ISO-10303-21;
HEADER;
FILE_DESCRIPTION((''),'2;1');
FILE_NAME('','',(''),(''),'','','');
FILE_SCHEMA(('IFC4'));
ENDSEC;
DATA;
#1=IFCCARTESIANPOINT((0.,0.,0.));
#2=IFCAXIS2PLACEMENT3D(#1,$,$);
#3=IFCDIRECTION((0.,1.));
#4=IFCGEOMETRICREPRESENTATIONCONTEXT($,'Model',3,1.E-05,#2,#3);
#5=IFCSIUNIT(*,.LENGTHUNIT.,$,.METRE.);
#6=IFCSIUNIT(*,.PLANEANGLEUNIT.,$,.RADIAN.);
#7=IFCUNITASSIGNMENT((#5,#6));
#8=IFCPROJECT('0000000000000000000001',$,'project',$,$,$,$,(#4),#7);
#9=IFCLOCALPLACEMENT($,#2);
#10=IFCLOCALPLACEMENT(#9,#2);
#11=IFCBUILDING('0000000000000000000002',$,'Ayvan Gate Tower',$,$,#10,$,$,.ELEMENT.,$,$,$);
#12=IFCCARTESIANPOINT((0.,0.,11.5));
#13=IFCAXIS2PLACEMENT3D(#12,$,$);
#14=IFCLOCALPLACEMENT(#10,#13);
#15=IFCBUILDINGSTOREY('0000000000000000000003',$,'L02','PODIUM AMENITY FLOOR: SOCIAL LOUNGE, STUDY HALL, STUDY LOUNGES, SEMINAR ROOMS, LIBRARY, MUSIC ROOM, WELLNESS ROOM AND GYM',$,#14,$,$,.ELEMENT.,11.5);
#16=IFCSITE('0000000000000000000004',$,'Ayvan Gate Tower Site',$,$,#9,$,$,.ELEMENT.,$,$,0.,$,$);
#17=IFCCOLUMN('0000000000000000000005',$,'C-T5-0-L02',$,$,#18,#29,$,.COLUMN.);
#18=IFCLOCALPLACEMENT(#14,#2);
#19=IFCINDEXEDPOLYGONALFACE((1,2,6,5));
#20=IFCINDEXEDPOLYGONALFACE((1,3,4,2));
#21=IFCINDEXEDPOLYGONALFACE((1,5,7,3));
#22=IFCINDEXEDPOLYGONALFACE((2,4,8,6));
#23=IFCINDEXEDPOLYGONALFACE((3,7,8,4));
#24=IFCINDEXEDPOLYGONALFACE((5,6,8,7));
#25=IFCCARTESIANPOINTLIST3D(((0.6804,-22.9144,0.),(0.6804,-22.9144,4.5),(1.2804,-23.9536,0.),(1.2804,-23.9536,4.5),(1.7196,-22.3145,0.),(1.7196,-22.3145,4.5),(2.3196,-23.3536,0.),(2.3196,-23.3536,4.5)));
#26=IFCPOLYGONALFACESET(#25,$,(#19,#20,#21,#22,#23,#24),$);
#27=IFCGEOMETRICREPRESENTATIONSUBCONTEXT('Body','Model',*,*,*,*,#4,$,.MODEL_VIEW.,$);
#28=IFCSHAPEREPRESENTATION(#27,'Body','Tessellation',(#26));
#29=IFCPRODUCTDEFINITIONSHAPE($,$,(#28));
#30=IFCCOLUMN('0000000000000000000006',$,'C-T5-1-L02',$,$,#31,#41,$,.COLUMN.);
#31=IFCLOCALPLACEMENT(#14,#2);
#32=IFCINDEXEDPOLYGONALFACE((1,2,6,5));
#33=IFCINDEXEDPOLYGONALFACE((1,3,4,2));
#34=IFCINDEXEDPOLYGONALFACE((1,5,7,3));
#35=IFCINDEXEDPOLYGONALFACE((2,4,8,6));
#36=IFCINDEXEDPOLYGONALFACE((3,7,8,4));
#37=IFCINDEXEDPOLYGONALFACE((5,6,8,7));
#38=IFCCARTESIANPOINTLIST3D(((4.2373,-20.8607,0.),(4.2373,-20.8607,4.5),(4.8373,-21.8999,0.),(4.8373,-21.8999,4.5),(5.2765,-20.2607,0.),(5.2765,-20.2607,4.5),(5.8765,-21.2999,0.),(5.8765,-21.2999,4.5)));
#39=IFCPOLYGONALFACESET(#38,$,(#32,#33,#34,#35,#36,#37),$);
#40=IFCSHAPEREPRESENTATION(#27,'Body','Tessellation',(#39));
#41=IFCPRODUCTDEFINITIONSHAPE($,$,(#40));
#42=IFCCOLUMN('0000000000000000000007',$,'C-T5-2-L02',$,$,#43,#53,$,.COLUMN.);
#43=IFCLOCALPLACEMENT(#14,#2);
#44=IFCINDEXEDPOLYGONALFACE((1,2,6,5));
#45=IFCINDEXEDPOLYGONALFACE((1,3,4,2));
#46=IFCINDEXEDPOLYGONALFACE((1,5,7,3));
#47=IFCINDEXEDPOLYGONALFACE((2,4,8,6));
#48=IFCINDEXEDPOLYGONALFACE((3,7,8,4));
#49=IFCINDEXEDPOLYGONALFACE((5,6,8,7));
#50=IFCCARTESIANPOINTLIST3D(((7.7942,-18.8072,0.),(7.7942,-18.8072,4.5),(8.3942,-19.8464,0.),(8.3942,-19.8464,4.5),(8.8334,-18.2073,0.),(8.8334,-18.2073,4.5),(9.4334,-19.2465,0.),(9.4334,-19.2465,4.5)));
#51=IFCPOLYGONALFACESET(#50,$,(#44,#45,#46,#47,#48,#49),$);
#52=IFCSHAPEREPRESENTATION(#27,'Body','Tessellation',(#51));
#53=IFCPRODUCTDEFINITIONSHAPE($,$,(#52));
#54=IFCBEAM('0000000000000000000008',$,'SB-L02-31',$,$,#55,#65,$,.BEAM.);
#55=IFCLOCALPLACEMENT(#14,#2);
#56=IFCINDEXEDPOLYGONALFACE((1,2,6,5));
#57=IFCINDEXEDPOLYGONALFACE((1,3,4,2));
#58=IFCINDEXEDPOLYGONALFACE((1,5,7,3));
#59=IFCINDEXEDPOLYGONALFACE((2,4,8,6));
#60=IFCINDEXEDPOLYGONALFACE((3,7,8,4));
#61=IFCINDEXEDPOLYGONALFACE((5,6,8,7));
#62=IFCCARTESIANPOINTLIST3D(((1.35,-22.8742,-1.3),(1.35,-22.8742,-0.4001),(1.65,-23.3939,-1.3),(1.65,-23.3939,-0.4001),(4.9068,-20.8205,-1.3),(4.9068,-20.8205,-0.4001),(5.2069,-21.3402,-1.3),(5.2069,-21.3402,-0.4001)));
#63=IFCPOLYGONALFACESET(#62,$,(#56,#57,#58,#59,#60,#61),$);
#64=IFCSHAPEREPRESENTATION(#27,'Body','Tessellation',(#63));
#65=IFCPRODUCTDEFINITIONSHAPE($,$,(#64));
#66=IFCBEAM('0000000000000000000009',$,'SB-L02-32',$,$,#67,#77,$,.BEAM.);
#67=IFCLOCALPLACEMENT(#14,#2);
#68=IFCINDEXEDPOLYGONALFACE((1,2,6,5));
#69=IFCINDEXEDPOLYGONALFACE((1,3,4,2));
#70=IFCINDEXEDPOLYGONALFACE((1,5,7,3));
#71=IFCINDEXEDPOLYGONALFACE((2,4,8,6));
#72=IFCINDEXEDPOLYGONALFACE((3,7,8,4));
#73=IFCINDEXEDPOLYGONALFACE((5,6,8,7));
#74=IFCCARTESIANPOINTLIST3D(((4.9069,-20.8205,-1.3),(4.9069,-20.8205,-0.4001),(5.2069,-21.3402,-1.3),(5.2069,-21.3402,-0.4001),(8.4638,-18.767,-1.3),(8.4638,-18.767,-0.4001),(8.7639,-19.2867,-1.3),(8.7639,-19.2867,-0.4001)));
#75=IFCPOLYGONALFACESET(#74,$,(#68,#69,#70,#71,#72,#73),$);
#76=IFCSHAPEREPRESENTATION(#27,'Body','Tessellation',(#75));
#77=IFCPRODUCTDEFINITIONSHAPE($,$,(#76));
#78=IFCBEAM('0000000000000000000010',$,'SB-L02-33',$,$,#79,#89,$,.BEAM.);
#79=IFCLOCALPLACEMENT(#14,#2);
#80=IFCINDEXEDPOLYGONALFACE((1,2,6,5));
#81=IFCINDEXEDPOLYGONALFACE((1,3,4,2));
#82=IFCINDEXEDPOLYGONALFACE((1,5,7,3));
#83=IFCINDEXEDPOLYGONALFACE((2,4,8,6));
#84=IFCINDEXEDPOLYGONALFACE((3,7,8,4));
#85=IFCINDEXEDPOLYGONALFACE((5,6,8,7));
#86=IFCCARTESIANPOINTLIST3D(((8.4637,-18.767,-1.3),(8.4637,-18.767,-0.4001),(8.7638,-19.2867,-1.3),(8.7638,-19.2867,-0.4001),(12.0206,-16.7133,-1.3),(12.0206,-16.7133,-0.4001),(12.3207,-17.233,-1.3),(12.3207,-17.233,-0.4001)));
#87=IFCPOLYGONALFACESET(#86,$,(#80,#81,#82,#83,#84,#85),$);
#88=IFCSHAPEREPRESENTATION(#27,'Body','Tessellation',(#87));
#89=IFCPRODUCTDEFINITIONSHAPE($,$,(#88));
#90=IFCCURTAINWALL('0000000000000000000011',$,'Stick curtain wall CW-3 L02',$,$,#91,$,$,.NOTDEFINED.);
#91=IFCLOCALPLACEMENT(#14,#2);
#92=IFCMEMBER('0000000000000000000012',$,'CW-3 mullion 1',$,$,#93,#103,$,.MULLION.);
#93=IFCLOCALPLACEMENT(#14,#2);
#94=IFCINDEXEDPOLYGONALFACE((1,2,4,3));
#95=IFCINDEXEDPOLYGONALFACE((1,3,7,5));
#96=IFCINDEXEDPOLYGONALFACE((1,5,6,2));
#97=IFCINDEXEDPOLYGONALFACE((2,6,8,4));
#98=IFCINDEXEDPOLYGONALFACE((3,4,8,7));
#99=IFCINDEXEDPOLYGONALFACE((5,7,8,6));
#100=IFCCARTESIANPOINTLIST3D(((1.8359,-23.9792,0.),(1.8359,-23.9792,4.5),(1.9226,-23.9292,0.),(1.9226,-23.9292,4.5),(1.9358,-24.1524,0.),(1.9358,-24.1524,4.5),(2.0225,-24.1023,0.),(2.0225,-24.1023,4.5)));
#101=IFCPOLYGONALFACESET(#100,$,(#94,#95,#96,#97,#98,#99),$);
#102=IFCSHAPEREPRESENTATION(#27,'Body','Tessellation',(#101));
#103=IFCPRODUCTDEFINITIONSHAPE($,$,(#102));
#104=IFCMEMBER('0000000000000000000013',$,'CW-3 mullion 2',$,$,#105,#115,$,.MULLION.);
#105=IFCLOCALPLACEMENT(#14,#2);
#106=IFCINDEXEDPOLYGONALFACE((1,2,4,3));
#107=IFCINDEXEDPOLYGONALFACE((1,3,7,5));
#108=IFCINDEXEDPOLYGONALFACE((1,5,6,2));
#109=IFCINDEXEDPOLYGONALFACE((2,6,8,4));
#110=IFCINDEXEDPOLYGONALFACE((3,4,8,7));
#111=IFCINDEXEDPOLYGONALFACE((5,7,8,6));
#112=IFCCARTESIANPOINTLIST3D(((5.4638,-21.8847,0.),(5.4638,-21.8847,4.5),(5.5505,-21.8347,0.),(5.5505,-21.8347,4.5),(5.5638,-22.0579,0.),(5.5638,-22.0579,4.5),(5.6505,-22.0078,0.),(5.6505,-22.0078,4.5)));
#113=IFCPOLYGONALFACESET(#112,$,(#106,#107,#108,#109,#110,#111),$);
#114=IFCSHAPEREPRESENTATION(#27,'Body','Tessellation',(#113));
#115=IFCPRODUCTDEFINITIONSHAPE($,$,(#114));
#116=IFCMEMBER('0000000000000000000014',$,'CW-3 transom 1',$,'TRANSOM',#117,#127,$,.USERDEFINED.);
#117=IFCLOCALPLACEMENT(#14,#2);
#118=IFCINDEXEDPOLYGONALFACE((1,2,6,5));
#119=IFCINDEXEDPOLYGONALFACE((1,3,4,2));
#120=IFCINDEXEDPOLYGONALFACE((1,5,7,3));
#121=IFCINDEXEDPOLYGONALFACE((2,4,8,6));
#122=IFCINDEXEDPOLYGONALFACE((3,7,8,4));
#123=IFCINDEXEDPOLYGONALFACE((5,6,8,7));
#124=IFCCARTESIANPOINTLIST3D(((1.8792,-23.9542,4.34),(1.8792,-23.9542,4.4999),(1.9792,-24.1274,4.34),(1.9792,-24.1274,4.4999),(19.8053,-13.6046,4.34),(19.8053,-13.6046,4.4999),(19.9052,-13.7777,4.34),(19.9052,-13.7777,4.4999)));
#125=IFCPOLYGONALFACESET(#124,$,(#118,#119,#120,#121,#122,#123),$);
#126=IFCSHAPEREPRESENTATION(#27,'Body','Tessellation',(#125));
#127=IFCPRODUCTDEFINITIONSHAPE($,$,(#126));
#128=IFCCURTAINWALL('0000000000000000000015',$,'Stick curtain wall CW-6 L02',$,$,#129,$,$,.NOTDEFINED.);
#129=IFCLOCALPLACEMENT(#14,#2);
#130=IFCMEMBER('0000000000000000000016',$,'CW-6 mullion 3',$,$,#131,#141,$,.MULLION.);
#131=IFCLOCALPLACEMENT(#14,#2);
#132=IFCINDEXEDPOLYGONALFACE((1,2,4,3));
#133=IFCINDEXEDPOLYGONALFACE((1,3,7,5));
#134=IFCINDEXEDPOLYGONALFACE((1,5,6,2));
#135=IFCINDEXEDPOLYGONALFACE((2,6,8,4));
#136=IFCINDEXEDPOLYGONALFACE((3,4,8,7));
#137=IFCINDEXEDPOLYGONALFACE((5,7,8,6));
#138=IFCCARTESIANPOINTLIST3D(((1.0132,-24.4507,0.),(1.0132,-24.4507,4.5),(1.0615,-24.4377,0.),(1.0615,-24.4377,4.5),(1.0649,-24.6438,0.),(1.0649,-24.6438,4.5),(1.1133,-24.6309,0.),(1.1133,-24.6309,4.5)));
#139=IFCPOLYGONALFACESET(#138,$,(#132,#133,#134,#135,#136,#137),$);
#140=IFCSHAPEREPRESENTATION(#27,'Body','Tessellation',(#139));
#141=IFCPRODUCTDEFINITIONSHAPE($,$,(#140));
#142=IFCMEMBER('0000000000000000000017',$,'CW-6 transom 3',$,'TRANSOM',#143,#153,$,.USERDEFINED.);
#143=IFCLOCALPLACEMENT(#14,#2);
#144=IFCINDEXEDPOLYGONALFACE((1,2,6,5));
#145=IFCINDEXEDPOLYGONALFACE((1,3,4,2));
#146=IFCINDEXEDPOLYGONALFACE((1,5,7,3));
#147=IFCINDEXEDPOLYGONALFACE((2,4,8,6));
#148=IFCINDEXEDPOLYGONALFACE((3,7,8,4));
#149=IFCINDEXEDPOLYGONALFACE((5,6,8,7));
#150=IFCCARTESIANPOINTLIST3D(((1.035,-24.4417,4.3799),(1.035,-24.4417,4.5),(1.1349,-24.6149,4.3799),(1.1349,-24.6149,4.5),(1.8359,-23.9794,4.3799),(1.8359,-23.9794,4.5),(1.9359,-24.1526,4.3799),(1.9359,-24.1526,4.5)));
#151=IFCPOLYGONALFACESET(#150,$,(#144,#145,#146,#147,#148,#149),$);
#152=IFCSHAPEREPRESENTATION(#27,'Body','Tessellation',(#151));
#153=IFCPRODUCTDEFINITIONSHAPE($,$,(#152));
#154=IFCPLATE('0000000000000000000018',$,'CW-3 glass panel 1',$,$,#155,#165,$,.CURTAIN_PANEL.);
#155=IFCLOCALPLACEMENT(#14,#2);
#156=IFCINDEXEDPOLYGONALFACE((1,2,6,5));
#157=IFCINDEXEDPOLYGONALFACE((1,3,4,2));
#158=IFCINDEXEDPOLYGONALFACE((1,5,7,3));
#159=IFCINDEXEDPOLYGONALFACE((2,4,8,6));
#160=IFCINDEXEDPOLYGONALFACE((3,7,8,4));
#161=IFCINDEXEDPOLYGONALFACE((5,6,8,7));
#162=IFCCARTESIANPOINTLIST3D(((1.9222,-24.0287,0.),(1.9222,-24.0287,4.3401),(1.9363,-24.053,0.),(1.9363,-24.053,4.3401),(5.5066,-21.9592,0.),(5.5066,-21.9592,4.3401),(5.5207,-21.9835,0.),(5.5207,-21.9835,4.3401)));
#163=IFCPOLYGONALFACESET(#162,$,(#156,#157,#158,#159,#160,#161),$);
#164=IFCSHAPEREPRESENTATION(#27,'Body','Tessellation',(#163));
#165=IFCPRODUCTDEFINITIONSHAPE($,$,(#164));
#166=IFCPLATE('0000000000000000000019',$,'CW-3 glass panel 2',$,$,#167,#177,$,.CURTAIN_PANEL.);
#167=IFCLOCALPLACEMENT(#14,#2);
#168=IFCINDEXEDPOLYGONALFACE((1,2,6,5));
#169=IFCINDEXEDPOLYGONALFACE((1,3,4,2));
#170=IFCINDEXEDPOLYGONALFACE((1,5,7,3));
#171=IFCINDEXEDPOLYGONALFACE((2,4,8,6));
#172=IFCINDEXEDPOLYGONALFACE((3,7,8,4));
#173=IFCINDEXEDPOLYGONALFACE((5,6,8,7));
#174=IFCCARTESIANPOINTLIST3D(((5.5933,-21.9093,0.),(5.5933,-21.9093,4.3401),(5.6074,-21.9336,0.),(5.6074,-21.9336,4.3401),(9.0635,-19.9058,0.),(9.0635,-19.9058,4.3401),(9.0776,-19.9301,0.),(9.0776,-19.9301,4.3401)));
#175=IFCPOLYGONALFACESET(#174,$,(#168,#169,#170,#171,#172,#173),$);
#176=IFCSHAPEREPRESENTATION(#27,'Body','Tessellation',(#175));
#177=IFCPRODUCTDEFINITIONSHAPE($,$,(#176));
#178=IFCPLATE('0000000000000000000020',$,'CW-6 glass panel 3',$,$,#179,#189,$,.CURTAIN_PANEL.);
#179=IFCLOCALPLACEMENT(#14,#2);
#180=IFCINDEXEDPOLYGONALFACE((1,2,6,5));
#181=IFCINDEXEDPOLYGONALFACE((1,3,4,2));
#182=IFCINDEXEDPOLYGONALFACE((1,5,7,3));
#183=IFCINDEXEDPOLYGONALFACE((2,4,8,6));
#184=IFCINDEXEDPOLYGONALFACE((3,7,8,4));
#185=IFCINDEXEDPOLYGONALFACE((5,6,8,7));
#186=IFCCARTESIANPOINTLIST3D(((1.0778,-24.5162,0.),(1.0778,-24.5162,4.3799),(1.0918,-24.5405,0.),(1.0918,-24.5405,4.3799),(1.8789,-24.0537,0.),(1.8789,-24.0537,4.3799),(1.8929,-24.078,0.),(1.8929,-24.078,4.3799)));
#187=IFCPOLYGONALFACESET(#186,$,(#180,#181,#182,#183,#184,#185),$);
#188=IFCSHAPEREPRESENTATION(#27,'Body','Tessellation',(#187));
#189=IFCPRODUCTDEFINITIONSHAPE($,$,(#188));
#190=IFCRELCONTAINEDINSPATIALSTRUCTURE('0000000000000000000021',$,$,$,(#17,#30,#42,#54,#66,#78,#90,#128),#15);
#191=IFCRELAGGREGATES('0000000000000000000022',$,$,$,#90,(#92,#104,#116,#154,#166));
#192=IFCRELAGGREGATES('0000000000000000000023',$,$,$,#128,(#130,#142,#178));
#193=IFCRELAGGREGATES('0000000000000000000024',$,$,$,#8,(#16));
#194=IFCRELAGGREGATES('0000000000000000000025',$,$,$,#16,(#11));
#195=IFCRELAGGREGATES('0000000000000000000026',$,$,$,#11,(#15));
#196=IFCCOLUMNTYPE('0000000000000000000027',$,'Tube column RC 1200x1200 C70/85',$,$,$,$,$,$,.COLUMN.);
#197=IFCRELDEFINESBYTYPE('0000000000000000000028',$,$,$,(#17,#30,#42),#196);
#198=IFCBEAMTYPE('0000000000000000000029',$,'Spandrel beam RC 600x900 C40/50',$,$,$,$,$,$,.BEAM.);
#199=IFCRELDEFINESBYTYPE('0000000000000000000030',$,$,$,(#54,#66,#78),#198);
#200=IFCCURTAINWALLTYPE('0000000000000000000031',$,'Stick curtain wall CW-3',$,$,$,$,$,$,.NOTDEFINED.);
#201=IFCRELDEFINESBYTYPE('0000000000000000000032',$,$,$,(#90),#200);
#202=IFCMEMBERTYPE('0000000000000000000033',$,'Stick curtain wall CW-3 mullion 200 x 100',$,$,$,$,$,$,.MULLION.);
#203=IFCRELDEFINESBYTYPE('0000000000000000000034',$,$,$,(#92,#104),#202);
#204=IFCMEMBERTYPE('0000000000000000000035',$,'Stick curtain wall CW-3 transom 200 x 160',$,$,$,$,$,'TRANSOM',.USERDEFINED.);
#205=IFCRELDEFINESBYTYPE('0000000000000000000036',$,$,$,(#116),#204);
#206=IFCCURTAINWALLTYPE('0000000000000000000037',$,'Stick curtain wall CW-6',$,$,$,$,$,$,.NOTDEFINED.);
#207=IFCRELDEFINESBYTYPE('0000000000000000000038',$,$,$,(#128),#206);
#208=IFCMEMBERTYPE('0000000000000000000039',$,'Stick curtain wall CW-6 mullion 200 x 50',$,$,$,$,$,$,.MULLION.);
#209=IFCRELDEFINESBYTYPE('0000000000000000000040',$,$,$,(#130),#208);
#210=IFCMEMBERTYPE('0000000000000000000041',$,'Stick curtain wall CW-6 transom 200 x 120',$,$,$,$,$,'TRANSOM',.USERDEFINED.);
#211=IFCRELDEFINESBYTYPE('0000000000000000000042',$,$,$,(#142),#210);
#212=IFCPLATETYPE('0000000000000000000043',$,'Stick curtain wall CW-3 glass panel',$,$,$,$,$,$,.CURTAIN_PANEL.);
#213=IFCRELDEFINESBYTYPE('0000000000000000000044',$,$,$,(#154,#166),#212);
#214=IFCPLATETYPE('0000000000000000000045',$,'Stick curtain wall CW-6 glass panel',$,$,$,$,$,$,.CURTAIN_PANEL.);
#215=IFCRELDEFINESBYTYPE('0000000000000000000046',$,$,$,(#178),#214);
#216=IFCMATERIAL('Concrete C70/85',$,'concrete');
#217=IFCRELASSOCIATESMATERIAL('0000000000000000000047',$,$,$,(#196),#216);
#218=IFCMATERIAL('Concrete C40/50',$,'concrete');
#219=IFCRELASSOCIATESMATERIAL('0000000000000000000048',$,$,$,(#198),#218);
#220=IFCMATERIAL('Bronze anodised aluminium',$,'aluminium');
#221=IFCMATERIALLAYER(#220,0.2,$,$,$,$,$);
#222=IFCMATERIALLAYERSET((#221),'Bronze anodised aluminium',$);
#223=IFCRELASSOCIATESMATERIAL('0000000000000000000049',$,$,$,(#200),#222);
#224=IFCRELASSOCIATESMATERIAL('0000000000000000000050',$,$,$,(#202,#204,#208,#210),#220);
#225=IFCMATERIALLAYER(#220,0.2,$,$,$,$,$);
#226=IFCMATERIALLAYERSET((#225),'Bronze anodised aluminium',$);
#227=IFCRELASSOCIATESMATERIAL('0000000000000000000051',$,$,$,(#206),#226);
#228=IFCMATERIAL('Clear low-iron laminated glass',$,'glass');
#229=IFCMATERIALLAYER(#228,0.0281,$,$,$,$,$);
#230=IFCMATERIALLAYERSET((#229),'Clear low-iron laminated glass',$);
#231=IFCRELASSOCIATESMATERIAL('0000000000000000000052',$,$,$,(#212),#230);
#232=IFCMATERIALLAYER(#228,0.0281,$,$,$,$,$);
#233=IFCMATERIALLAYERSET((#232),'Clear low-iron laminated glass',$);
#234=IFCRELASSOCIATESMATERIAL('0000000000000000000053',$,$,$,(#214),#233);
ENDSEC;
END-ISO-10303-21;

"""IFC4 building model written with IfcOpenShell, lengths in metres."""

from ifc_helpers import new_model, si_unit, direction, frame, origin, origin_2d, place, context, subcontext, project, spatial, rectangle, extrude, material, layer, layer_set, material_profile, profile_set, type_object, element, aggregate, save


model = new_model("IFC4")

# Units and contexts
model_context = context("Model", 3, precision=1e-05, world=origin(), true_north=direction((0.0, 1.0)))
body_context = subcontext(model_context, "Body", "Model", "MODEL_VIEW")
ifc_project = project(units=[si_unit("LENGTHUNIT", "METRE"), si_unit("PLANEANGLEUNIT", "RADIAN")], contexts=[model_context])

# Site, building, storey
site_placement = place(None, origin())
site = spatial("IfcSite", under=ifc_project, at=site_placement, Name="Ayvan Gate Tower Site", CompositionType="ELEMENT", RefElevation=0.0)
building_placement = place(site_placement, origin())
building = spatial("IfcBuilding", under=site, at=building_placement, Name="Ayvan Gate Tower", CompositionType="ELEMENT")
storey_placement = place(building_placement, frame((0.0, 0.0, 11.5)))
storey = spatial("IfcBuildingStorey", under=building, at=storey_placement, Name="L02", Description="PODIUM AMENITY FLOOR: SOCIAL LOUNGE, STUDY HALL, STUDY LOUNGES, SEMINAR ROOMS, LIBRARY, MUSIC ROOM, WELLNESS ROOM AND GYM", CompositionType="ELEMENT", Elevation=11.5)

# Columns
ifc_material_1 = material(Name="Concrete C70/85", Category="concrete")
ifc_material_profile_1 = material_profile(ifc_material_1, rectangle(XDim=1.2, YDim=1.2, at=origin_2d()), Name="RC 1200x1200")
ifc_profile_set_1 = profile_set([ifc_material_profile_1], Name="Concrete C70/85")
column_type = type_object("IfcColumnType", Name="Tube column RC 1200x1200 C70/85", PredefinedType="COLUMN", material=ifc_profile_set_1)
for number, where, z_axis, x_axis, name in (
    (1, (1.5, -23.134, 0.0), (0.0, 0.0, 1.0), (0.5, -0.866025, 0.0), "C-T5-0-L02"),
    (2, (5.0569, -21.0803, 0.0), (0.0, 0.0, 1.0), (0.5, -0.866025, 0.0), "C-T5-1-L02"),
    (3, (8.6138, -19.0269, 0.0), (0.0, 0.0, 1.0), (0.5, -0.866025, 0.0), "C-T5-2-L02"),
):
    element("IfcColumn", number, at=place(storey_placement, frame(where, z_axis=z_axis, x_axis=x_axis)), inside=storey, type_object=column_type, Name=name, PredefinedType="COLUMN", context=body_context, shape_type="SweptSolid", body=[
        extrude(rectangle(XDim=1.2, YDim=1.2, at=origin_2d()), origin(), (0.0, 0.0, 1.0), 4.5),
    ])

# Beams
ifc_material_2 = material(Name="Concrete C40/50", Category="concrete")
ifc_material_profile_2 = material_profile(ifc_material_2, rectangle(XDim=0.6001, YDim=0.8999, at=origin_2d()), Name="RC 600x900")
ifc_profile_set_2 = profile_set([ifc_material_profile_2], Name="Concrete C40/50")
beam_type = type_object("IfcBeamType", Name="Spandrel beam RC 600x900 C40/50", PredefinedType="BEAM", material=ifc_profile_set_2)
for number, where, z_axis, x_axis, name in (
    (4, (1.5, -23.134, -0.8501), (0.86601, 0.500026, 0.0), (-0.500026, 0.86601, 0.0), "SB-L02-31"),
    (5, (5.0569, -21.0803, -0.8501), (0.866036, 0.499981, 0.0), (-0.499981, 0.866036, 0.0), "SB-L02-32"),
    (6, (8.6138, -19.0269, -0.8501), (0.86601, 0.500026, 0.0), (-0.500026, 0.86601, 0.0), "SB-L02-33"),
):
    element("IfcBeam", number, at=place(storey_placement, frame(where, z_axis=z_axis, x_axis=x_axis)), inside=storey, type_object=beam_type, Name=name, PredefinedType="BEAM", context=body_context, shape_type="SweptSolid", body=[
        extrude(rectangle(XDim=0.6001, YDim=0.8999, at=origin_2d()), origin(), (0.0, 0.0, 1.0), 4.1072),
    ])

# Curtain walls, members
ifc_material_3 = material(Name="Bronze anodised aluminium", Category="aluminium")
ifc_layer_1 = layer(ifc_material_3, 0.2)
ifc_layer_set_1 = layer_set([ifc_layer_1], Name="Bronze anodised aluminium")
curtain_wall_type_1 = type_object("IfcCurtainWallType", Name="Stick curtain wall CW-3", PredefinedType="NOTDEFINED", material=ifc_layer_set_1)
curtain_wall_1_placement = place(storey_placement, origin())
curtain_wall_1 = element("IfcCurtainWall", 7, at=curtain_wall_1_placement, inside=storey, type_object=curtain_wall_type_1, Name="Stick curtain wall CW-3 L02", PredefinedType="NOTDEFINED")
ifc_material_profile_3 = material_profile(ifc_material_3, rectangle(XDim=0.2, YDim=0.1001, at=origin_2d()), Name="Stick curtain wall CW-3 mullion 200 x 100")
ifc_profile_set_3 = profile_set([ifc_material_profile_3], Name="Bronze anodised aluminium")
member_type_1 = type_object("IfcMemberType", Name="Stick curtain wall CW-3 mullion 200 x 100", PredefinedType="MULLION", material=ifc_profile_set_3)
member_1_placement = place(storey_placement, frame((1.9292, -24.0408, 0.0), z_axis=(0.0, 0.0, 1.0), x_axis=(0.5, -0.866025, 0.0)))
member_1 = element("IfcMember", 8, at=member_1_placement, type_object=member_type_1, Name="CW-3 mullion 1", PredefinedType="MULLION", context=body_context, shape_type="SweptSolid", body=[
    extrude(rectangle(XDim=0.2, YDim=0.1001, at=origin_2d()), origin(), (0.0, 0.0, 1.0), 4.5),
])
member_2_placement = place(storey_placement, frame((5.5571, -21.9463, 0.0), z_axis=(0.0, 0.0, 1.0), x_axis=(0.5, -0.866025, 0.0)))
member_2 = element("IfcMember", 9, at=member_2_placement, type_object=member_type_1, Name="CW-3 mullion 2", PredefinedType="MULLION", context=body_context, shape_type="SweptSolid", body=[
    extrude(rectangle(XDim=0.2, YDim=0.1001, at=origin_2d()), origin(), (0.0, 0.0, 1.0), 4.5),
])
ifc_material_profile_4 = material_profile(ifc_material_3, rectangle(XDim=0.2, YDim=0.1599, at=origin_2d()), Name="Stick curtain wall CW-3 transom 200 x 160")
ifc_profile_set_4 = profile_set([ifc_material_profile_4], Name="Bronze anodised aluminium")
member_type_2 = type_object("IfcMemberType", Name="Stick curtain wall CW-3 transom 200 x 160", ElementType="TRANSOM", PredefinedType="USERDEFINED", material=ifc_profile_set_4)
member_3_placement = place(storey_placement, frame((1.9292, -24.0408, 4.4199), z_axis=(0.866025, 0.5, 0.0), x_axis=(-0.5, 0.866025, 0.0)))
member_3 = element("IfcMember", 10, at=member_3_placement, type_object=member_type_2, Name="CW-3 transom 1", ObjectType="TRANSOM", PredefinedType="USERDEFINED", context=body_context, shape_type="SweptSolid", body=[
    extrude(rectangle(XDim=0.2, YDim=0.1599, at=origin_2d()), origin(), (0.0, 0.0, 1.0), 20.6992),
])
ifc_layer_2 = layer(ifc_material_3, 0.2)
ifc_layer_set_2 = layer_set([ifc_layer_2], Name="Bronze anodised aluminium")
curtain_wall_type_2 = type_object("IfcCurtainWallType", Name="Stick curtain wall CW-6", PredefinedType="NOTDEFINED", material=ifc_layer_set_2)
curtain_wall_2_placement = place(storey_placement, origin())
curtain_wall_2 = element("IfcCurtainWall", 11, at=curtain_wall_2_placement, inside=storey, type_object=curtain_wall_type_2, Name="Stick curtain wall CW-6 L02", PredefinedType="NOTDEFINED")
ifc_material_profile_5 = material_profile(ifc_material_3, rectangle(XDim=0.2, YDim=0.05, at=origin_2d()), Name="Stick curtain wall CW-6 mullion 200 x 50")
ifc_profile_set_5 = profile_set([ifc_material_profile_5], Name="Bronze anodised aluminium")
member_type_3 = type_object("IfcMemberType", Name="Stick curtain wall CW-6 mullion 200 x 50", PredefinedType="MULLION", material=ifc_profile_set_5)
member_4_placement = place(storey_placement, frame((1.0632, -24.5408, 0.0), z_axis=(0.0, 0.0, 1.0), x_axis=(0.258819, -0.965926, 0.0)))
member_4 = element("IfcMember", 12, at=member_4_placement, type_object=member_type_3, Name="CW-6 mullion 3", PredefinedType="MULLION", context=body_context, shape_type="SweptSolid", body=[
    extrude(rectangle(XDim=0.2, YDim=0.05, at=origin_2d()), origin(), (0.0, 0.0, 1.0), 4.5),
])
ifc_material_profile_6 = material_profile(ifc_material_3, rectangle(XDim=0.2, YDim=0.1201, at=origin_2d()), Name="Stick curtain wall CW-6 transom 200 x 120")
ifc_profile_set_6 = profile_set([ifc_material_profile_6], Name="Bronze anodised aluminium")
member_type_4 = type_object("IfcMemberType", Name="Stick curtain wall CW-6 transom 200 x 120", ElementType="TRANSOM", PredefinedType="USERDEFINED", material=ifc_profile_set_6)
member_5_placement = place(storey_placement, frame((1.085, -24.5283, 4.4399), z_axis=(0.866058, 0.499943, 0.0), x_axis=(-0.499943, 0.866058, 0.0)))
member_5 = element("IfcMember", 13, at=member_5_placement, type_object=member_type_4, Name="CW-6 transom 3", ObjectType="TRANSOM", PredefinedType="USERDEFINED", context=body_context, shape_type="SweptSolid", body=[
    extrude(rectangle(XDim=0.2, YDim=0.1201, at=origin_2d()), origin(), (0.0, 0.0, 1.0), 0.9248),
])

# Plates
ifc_material_4 = material(Name="Clear low-iron laminated glass", Category="glass")
ifc_layer_3 = layer(ifc_material_4, 0.0281)
ifc_layer_set_3 = layer_set([ifc_layer_3], Name="Clear low-iron laminated glass")
plate_type_1 = type_object("IfcPlateType", Name="Stick curtain wall CW-3 glass panel", PredefinedType="CURTAIN_PANEL", material=ifc_layer_set_3)
plate_1_placement = place(storey_placement, frame((3.7214, -23.0061, 0.0), z_axis=(0.0, 0.0, 1.0), x_axis=(0.866025, 0.5, 0.0)))
plate_1 = element("IfcPlate", 14, at=plate_1_placement, type_object=plate_type_1, Name="CW-3 glass panel 1", PredefinedType="CURTAIN_PANEL", context=body_context, shape_type="SweptSolid", body=[
    extrude(rectangle(XDim=4.1389, YDim=0.0281, at=origin_2d()), origin(), (0.0, 0.0, 1.0), 4.3401),
])
plate_2_placement = place(storey_placement, frame((7.3354, -20.9197, 0.0), z_axis=(0.0, 0.0, 1.0), x_axis=(0.866025, 0.5, 0.0)))
plate_2 = element("IfcPlate", 15, at=plate_2_placement, type_object=plate_type_1, Name="CW-3 glass panel 2", PredefinedType="CURTAIN_PANEL", context=body_context, shape_type="SweptSolid", body=[
    extrude(rectangle(XDim=4.0071, YDim=0.0281, at=origin_2d()), origin(), (0.0, 0.0, 1.0), 4.3401),
])
aggregate(curtain_wall_1, [member_1, member_2, member_3, plate_1, plate_2])
ifc_layer_4 = layer(ifc_material_4, 0.0281)
ifc_layer_set_4 = layer_set([ifc_layer_4], Name="Clear low-iron laminated glass")
plate_type_2 = type_object("IfcPlateType", Name="Stick curtain wall CW-6 glass panel", PredefinedType="CURTAIN_PANEL", material=ifc_layer_set_4)
plate_3_placement = place(storey_placement, frame((1.4854, -24.2971, 0.0), z_axis=(0.0, 0.0, 1.0), x_axis=(0.866025, 0.5, 0.0)))
plate_3 = element("IfcPlate", 16, at=plate_3_placement, type_object=plate_type_2, Name="CW-6 glass panel 3", PredefinedType="CURTAIN_PANEL", context=body_context, shape_type="SweptSolid", body=[
    extrude(rectangle(XDim=0.925, YDim=0.0281, at=origin_2d()), origin(), (0.0, 0.0, 1.0), 4.3799),
])
aggregate(curtain_wall_2, [member_4, member_5, plate_3])

save(model, "model.ifc")
